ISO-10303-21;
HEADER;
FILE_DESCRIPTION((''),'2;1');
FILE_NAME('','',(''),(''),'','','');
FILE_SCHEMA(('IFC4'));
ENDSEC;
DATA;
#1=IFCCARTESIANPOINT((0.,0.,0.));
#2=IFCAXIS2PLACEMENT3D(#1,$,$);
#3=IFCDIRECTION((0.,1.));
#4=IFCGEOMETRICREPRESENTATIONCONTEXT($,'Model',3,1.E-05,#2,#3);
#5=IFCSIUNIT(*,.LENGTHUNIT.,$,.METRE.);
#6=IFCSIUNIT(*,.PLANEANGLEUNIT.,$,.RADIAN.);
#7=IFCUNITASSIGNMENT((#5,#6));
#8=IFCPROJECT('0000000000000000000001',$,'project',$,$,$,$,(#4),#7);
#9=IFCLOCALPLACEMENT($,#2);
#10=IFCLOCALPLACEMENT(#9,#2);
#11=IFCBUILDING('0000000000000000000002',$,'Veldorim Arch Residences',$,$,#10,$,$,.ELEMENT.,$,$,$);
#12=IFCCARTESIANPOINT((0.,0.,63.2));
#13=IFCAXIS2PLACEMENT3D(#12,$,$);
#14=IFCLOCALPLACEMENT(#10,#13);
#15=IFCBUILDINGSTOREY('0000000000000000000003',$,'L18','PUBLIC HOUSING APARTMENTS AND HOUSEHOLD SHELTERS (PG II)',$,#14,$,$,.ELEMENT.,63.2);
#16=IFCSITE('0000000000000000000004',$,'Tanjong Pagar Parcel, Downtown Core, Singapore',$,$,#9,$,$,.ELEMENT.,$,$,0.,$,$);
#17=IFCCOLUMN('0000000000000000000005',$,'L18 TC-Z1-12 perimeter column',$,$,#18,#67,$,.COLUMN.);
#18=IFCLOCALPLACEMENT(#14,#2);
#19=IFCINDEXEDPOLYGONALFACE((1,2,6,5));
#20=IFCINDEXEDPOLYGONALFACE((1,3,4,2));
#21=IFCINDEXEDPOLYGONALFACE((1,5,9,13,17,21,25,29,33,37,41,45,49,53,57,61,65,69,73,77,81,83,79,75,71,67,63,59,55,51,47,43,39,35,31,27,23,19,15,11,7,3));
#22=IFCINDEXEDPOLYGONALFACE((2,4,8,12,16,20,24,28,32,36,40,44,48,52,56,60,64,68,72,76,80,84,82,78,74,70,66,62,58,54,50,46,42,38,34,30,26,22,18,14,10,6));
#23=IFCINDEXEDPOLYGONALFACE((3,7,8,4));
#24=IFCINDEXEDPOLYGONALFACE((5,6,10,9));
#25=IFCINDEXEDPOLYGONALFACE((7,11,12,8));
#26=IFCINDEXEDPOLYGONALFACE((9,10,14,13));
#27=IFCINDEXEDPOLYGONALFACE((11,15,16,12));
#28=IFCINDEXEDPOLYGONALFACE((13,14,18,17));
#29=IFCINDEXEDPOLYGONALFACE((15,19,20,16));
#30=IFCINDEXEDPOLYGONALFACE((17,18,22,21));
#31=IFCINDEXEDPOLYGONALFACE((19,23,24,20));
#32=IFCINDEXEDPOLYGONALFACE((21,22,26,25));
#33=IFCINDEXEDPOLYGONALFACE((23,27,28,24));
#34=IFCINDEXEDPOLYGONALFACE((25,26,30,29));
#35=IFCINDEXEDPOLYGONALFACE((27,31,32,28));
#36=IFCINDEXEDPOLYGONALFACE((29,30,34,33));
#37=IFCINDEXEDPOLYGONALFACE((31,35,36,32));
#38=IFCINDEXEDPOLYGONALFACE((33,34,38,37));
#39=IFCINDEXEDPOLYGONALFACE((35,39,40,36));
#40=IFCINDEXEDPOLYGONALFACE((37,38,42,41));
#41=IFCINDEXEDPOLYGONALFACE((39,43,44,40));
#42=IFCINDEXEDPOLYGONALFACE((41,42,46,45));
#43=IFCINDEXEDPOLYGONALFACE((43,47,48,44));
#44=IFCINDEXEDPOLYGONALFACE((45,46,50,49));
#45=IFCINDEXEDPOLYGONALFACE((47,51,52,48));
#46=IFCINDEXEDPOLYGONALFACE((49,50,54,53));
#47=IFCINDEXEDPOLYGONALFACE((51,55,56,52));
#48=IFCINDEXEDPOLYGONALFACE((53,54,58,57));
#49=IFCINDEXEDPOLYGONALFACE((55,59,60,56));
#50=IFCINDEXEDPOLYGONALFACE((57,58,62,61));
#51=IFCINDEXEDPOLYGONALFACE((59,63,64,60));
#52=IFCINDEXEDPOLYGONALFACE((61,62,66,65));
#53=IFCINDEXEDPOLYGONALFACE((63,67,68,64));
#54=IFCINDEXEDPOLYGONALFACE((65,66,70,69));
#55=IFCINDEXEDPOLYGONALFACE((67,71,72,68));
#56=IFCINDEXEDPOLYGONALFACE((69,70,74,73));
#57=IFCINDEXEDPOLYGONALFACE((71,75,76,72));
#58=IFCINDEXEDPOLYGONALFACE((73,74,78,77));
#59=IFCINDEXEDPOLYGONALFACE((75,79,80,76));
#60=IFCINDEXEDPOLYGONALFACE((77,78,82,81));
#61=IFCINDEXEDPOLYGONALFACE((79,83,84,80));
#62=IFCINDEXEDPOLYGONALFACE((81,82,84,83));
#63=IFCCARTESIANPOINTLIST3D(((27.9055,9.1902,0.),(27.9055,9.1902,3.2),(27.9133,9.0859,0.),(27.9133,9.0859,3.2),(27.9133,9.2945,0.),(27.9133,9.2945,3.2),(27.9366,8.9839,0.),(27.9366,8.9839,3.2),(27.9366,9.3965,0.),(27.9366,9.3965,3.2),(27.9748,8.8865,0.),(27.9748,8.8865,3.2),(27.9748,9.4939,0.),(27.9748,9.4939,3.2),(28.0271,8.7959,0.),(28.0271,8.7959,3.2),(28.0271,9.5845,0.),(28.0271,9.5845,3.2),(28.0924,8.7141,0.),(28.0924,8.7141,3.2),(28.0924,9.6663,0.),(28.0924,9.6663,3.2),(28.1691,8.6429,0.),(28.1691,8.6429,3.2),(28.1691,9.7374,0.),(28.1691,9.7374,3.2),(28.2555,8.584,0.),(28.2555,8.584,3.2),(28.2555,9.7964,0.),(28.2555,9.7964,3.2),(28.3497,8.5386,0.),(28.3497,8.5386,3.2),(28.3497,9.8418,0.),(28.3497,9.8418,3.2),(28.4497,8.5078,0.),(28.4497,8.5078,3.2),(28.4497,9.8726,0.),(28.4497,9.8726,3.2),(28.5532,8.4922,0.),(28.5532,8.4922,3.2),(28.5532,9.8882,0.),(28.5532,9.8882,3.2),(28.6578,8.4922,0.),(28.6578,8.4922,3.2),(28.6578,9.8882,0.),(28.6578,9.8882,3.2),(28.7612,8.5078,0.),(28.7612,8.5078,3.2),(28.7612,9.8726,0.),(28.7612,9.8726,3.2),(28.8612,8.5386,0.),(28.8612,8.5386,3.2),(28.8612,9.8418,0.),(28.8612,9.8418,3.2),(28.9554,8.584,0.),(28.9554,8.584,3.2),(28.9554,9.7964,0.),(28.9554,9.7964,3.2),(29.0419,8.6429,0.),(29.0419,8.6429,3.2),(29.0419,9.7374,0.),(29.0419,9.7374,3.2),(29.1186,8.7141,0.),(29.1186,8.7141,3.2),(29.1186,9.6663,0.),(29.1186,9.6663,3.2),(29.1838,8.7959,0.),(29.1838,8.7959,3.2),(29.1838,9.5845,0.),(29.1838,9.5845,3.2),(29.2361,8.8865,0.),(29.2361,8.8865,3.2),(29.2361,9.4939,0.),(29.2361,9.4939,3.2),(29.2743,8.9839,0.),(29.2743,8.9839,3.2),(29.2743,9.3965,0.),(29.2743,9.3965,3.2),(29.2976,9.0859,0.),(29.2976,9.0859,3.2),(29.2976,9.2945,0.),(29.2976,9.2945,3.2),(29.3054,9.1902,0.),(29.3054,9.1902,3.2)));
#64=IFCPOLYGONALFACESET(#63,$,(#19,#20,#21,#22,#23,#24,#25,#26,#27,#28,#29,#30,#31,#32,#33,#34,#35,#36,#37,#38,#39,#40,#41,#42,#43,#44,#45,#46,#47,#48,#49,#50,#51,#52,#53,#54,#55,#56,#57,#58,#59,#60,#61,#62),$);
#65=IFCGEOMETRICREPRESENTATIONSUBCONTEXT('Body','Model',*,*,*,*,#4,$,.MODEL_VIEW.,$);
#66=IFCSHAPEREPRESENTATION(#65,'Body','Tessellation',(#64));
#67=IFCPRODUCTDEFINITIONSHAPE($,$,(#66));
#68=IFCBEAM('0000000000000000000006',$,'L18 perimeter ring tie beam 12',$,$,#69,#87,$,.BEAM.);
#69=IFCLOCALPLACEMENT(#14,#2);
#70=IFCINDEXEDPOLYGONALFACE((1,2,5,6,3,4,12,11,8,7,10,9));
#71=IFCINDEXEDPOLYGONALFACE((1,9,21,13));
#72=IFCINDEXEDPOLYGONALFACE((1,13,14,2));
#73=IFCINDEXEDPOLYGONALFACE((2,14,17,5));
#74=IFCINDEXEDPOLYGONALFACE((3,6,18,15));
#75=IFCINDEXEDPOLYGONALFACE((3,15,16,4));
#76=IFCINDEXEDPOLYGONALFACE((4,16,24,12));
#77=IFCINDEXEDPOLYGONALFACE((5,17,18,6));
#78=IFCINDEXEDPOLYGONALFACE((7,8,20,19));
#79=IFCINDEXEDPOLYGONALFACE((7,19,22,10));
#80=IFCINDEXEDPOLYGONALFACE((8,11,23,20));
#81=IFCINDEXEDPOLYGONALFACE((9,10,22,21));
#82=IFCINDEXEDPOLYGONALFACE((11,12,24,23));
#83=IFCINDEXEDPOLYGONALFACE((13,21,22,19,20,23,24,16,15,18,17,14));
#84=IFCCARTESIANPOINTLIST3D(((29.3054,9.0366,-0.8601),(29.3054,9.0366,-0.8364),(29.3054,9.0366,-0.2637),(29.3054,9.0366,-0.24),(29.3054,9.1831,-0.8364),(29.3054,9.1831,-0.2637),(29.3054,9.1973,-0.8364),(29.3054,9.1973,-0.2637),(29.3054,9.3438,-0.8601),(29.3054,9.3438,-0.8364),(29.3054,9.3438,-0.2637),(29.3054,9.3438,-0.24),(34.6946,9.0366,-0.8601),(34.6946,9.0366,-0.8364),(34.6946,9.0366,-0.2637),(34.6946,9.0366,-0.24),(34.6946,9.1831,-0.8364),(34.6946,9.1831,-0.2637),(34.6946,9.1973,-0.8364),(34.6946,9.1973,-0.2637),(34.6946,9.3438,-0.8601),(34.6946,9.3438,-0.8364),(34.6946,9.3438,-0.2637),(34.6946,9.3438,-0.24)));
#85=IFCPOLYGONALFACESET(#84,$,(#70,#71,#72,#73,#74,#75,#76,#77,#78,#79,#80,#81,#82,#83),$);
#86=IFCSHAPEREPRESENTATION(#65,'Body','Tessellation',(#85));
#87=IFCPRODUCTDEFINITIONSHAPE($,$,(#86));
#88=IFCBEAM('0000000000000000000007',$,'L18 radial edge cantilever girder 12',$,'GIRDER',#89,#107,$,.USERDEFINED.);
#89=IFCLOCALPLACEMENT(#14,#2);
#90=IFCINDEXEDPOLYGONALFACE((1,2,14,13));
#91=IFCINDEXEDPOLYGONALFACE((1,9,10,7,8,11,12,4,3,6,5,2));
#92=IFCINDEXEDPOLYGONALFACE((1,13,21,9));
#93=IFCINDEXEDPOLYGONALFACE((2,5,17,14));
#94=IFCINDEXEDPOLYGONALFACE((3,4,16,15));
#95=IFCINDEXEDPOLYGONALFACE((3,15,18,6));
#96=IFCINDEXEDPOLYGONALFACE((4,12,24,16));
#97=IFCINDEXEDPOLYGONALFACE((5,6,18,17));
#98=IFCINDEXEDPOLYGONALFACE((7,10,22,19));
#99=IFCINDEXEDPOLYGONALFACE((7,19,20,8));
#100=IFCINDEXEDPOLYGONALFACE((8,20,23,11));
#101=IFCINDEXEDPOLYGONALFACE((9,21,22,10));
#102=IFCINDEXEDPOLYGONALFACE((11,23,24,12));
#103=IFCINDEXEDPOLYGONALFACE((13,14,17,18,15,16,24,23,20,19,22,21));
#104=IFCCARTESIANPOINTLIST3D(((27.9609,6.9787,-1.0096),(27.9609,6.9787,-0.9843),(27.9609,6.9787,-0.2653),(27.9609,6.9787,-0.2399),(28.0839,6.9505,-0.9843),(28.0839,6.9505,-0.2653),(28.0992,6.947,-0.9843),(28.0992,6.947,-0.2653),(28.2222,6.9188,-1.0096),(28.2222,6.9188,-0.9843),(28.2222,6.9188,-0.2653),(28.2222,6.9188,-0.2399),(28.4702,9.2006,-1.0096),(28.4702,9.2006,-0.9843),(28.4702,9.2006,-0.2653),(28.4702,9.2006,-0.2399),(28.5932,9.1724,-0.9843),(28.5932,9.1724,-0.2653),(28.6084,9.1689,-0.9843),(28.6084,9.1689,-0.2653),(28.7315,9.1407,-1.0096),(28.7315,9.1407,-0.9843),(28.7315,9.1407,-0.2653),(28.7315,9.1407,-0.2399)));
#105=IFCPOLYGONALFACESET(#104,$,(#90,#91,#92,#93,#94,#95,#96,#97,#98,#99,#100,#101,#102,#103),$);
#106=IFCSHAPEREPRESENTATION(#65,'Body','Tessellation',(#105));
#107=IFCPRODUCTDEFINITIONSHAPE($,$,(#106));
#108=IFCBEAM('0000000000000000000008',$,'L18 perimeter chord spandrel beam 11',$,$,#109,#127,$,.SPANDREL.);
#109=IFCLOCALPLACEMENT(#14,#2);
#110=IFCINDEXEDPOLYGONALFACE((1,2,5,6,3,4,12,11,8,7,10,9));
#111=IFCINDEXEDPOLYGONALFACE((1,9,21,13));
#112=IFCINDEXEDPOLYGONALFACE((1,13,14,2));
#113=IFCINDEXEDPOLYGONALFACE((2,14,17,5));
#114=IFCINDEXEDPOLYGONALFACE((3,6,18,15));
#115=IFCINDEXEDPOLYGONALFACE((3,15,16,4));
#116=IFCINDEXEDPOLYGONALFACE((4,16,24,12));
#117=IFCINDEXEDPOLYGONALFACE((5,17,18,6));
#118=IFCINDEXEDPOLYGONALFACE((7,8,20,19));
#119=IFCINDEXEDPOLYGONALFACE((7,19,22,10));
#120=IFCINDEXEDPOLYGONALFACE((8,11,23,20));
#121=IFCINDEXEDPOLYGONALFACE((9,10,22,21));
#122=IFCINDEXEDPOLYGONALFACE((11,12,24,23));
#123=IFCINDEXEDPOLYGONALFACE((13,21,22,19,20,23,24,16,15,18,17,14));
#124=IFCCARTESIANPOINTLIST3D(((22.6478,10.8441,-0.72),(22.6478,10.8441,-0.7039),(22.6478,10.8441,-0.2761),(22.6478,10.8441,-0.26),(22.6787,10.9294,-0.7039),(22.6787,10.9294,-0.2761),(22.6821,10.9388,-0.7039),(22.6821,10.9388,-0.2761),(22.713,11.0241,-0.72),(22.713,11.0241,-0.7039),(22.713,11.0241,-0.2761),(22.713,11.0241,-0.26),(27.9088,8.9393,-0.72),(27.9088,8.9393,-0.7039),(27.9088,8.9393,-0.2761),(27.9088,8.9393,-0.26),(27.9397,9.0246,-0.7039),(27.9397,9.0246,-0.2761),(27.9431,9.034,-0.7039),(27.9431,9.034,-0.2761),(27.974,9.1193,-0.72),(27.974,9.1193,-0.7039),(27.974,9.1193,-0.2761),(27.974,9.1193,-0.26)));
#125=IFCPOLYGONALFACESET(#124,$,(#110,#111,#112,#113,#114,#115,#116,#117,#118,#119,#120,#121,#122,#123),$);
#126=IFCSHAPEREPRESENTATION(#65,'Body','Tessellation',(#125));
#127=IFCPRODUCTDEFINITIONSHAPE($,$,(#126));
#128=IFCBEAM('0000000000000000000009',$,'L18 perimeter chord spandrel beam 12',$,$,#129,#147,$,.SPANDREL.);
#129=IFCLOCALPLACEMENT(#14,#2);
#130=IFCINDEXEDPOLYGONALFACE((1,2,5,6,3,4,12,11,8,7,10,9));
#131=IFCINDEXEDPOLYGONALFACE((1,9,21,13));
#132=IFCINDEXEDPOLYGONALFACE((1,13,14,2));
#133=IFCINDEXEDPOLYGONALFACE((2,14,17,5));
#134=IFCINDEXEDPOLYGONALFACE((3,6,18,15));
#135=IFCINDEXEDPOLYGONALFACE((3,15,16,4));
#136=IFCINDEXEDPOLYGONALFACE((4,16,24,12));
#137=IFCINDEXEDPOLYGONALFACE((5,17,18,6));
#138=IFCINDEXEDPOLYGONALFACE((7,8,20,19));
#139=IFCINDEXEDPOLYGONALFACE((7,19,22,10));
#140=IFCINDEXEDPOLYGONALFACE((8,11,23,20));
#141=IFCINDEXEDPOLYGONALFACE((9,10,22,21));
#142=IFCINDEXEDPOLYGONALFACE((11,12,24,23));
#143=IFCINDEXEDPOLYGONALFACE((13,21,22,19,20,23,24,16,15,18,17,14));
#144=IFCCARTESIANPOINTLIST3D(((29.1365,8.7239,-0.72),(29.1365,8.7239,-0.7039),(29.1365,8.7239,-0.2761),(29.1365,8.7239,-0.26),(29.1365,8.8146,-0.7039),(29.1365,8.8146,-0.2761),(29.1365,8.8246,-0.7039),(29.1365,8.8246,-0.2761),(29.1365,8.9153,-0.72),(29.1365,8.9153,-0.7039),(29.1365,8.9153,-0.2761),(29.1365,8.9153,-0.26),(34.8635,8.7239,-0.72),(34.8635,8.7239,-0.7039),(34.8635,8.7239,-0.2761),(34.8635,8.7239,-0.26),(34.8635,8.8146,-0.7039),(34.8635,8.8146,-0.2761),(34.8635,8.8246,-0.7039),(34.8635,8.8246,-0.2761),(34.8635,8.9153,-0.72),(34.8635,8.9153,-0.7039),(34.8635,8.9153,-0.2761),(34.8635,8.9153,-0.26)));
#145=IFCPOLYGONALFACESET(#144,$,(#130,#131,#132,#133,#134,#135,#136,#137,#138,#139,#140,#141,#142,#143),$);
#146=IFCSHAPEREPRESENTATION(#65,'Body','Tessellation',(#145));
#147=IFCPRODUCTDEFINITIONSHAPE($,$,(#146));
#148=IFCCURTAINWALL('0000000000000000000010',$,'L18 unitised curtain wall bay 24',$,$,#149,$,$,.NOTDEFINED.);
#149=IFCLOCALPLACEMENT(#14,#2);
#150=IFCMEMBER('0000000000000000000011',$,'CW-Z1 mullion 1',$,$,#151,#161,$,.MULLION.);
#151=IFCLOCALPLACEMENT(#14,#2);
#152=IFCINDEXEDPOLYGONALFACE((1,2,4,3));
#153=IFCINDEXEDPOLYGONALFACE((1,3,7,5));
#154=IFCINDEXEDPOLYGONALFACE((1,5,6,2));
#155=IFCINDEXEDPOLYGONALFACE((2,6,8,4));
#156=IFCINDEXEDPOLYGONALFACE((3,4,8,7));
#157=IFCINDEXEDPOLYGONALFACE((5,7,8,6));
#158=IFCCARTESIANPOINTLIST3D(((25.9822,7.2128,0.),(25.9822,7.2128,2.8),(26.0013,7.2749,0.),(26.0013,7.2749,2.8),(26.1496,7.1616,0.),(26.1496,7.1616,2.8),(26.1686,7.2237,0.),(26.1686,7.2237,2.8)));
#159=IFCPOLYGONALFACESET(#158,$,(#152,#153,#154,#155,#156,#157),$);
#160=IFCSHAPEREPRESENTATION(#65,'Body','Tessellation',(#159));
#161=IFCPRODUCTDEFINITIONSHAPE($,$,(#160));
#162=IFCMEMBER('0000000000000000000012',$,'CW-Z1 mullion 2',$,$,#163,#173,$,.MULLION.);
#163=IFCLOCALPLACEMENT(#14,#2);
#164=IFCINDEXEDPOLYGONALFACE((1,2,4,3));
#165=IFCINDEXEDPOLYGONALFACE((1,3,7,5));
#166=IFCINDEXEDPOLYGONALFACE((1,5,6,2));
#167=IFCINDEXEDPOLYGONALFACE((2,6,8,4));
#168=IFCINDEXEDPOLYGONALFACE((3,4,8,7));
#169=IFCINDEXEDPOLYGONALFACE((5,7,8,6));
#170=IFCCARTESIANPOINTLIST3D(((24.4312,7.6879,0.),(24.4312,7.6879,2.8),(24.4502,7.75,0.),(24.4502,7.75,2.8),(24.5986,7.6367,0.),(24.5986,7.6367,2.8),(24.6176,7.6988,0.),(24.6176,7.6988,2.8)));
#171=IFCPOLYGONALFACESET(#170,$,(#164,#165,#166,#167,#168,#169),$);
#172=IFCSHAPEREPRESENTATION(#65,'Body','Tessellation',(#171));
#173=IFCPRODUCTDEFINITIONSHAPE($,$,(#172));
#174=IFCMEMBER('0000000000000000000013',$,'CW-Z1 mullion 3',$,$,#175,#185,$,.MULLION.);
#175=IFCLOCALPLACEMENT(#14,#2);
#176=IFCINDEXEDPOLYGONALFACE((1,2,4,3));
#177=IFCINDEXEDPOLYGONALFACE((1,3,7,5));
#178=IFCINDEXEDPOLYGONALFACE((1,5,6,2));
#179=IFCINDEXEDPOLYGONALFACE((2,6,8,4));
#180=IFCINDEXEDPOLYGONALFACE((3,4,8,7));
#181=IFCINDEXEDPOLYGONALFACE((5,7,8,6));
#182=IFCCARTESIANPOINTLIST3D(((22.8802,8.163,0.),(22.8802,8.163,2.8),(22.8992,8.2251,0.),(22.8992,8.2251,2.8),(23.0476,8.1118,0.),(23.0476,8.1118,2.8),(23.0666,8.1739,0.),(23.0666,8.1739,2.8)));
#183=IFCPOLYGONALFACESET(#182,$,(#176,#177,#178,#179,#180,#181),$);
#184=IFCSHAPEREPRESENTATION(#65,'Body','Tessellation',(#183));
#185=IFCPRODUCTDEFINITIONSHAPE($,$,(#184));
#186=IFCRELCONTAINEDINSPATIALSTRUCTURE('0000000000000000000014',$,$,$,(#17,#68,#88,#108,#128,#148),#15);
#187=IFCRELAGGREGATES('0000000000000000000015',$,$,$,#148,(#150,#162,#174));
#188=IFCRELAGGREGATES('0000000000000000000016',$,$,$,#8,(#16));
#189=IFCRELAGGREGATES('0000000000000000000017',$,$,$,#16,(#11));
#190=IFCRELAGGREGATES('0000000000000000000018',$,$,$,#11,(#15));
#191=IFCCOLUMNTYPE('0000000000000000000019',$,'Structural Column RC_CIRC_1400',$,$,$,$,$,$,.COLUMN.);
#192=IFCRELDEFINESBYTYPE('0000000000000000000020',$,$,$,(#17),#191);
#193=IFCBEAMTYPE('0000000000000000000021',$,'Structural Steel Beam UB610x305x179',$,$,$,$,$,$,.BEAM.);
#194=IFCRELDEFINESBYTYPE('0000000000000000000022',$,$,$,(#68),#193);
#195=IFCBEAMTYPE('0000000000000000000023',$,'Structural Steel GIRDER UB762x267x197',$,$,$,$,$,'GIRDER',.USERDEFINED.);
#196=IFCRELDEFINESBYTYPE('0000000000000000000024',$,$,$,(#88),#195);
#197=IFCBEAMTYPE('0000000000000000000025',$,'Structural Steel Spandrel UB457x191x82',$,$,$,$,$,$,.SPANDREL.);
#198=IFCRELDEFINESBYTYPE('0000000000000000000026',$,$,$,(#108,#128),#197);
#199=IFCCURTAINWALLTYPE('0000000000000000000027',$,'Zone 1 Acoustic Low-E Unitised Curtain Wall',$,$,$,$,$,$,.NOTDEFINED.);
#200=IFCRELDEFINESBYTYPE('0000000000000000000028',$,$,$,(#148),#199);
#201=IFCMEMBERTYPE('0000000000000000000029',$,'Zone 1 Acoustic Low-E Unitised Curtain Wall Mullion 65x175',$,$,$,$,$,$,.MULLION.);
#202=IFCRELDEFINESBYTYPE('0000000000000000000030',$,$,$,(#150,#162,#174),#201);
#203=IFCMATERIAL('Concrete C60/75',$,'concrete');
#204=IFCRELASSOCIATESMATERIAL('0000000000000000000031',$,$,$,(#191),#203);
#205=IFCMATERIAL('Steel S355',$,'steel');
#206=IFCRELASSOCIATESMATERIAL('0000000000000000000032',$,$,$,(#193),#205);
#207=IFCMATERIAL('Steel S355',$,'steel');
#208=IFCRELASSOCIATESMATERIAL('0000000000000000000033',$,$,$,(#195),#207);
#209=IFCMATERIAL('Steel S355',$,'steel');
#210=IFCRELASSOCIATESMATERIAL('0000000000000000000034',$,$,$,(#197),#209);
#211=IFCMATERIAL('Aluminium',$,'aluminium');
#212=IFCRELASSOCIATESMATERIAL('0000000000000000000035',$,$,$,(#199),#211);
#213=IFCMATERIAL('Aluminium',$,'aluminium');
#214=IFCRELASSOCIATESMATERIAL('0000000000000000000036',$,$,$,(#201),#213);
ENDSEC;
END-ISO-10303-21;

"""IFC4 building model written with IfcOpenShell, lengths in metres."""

from ifc_helpers import new_model, si_unit, direction, frame, origin, origin_2d, place, context, subcontext, project, spatial, rectangle, circle, i_section, extrude, material, material_profile, profile_set, type_object, element, aggregate, save


model = new_model("IFC4")

# Units and contexts
model_context = context("Model", 3, precision=1e-05, world=origin(), true_north=direction((0.0, 1.0)))
body_context = subcontext(model_context, "Body", "Model", "MODEL_VIEW")
ifc_project = project(units=[si_unit("LENGTHUNIT", "METRE"), si_unit("PLANEANGLEUNIT", "RADIAN")], contexts=[model_context])

# Site, building, storey
site_placement = place(None, origin())
site = spatial("IfcSite", under=ifc_project, at=site_placement, Name="Tanjong Pagar Parcel, Downtown Core, Singapore", CompositionType="ELEMENT", RefElevation=0.0)
building_placement = place(site_placement, origin())
building = spatial("IfcBuilding", under=site, at=building_placement, Name="Veldorim Arch Residences", CompositionType="ELEMENT")
storey_placement = place(building_placement, frame((0.0, 0.0, 63.2)))
storey = spatial("IfcBuildingStorey", under=building, at=storey_placement, Name="L18", Description="PUBLIC HOUSING APARTMENTS AND HOUSEHOLD SHELTERS (PG II)", CompositionType="ELEMENT", Elevation=63.2)

# Column
ifc_material_1 = material(Name="Concrete C60/75", Category="concrete")
ifc_material_profile_1 = material_profile(ifc_material_1, circle(Radius=0.7, at=origin_2d()), Name="RC_CIRC_1400")
ifc_profile_set_1 = profile_set([ifc_material_profile_1], Name="Concrete C60/75")
column_type = type_object("IfcColumnType", Name="Structural Column RC_CIRC_1400", PredefinedType="COLUMN", material=ifc_profile_set_1)
column_placement = place(storey_placement, frame((28.6055, 9.1902, 0.0), z_axis=(0.0, 0.0, 1.0), x_axis=(1.0, 0.0, 0.0)))
element("IfcColumn", 1, at=column_placement, inside=storey, type_object=column_type, Name="L18 TC-Z1-12 perimeter column", PredefinedType="COLUMN", context=body_context, shape_type="SweptSolid", body=[
    extrude(circle(Radius=0.7, at=origin_2d()), origin(), (0.0, 0.0, 1.0), 3.2),
])

# Beams
ifc_material_2 = material(Name="Steel S355", Category="steel")
ifc_material_profile_2 = material_profile(ifc_material_2, i_section(OverallWidth=0.3071, OverallDepth=0.6201, WebThickness=0.0142, FlangeThickness=0.0237, at=origin_2d()), Name="UB610x305x179")
ifc_profile_set_2 = profile_set([ifc_material_profile_2], Name="Steel S355")
beam_type_1 = type_object("IfcBeamType", Name="Structural Steel Beam UB610x305x179", PredefinedType="BEAM", material=ifc_profile_set_2)
beam_1_placement = place(storey_placement, frame((29.3054, 9.1902, -0.55), z_axis=(1.0, 0.0, 0.0), x_axis=(0.0, 1.0, 0.0)))
element("IfcBeam", 2, at=beam_1_placement, inside=storey, type_object=beam_type_1, Name="L18 perimeter ring tie beam 12", PredefinedType="BEAM", context=body_context, shape_type="SweptSolid", body=[
    extrude(i_section(OverallWidth=0.3071, OverallDepth=0.6201, WebThickness=0.0142, FlangeThickness=0.0237, at=origin_2d()), origin(), (0.0, 0.0, 1.0), 5.3892),
])
ifc_material_3 = material(Name="Steel S355", Category="steel")
ifc_material_profile_3 = material_profile(ifc_material_3, i_section(OverallWidth=0.2681, OverallDepth=0.7698, WebThickness=0.0156, FlangeThickness=0.0254, at=origin_2d()), Name="UB762x267x197")
ifc_profile_set_3 = profile_set([ifc_material_profile_3], Name="Steel S355")
beam_type_2 = type_object("IfcBeamType", Name="Structural Steel GIRDER UB762x267x197", ElementType="GIRDER", PredefinedType="USERDEFINED", material=ifc_profile_set_3)
beam_2_placement = place(storey_placement, frame((28.6008, 9.1707, -0.6248), z_axis=(-0.223412, -0.974724, 0.0), x_axis=(0.974724, -0.223412, 0.0)))
element("IfcBeam", 3, at=beam_2_placement, inside=storey, type_object=beam_type_2, Name="L18 radial edge cantilever girder 12", ObjectType="GIRDER", PredefinedType="USERDEFINED", context=body_context, shape_type="SweptSolid", body=[
    extrude(i_section(OverallWidth=0.2681, OverallDepth=0.7698, WebThickness=0.0156, FlangeThickness=0.0254, at=origin_2d()), origin(), (0.0, 0.0, 1.0), 2.2795),
])
ifc_material_4 = material(Name="Steel S355", Category="steel")
ifc_material_profile_4 = material_profile(ifc_material_4, i_section(OverallWidth=0.1914, OverallDepth=0.46, WebThickness=0.01, FlangeThickness=0.0161, at=origin_2d()), Name="UB457x191x82")
ifc_profile_set_4 = profile_set([ifc_material_profile_4], Name="Steel S355")
beam_type_3 = type_object("IfcBeamType", Name="Structural Steel Spandrel UB457x191x82", PredefinedType="SPANDREL", material=ifc_profile_set_4)
beam_3_placement = place(storey_placement, frame((22.6804, 10.9341, -0.49), z_axis=(0.940269, -0.340432, 0.0), x_axis=(0.340432, 0.940269, 0.0)))
element("IfcBeam", 4, at=beam_3_placement, inside=storey, type_object=beam_type_3, Name="L18 perimeter chord spandrel beam 11", PredefinedType="SPANDREL", context=body_context, shape_type="SweptSolid", body=[
    extrude(i_section(OverallWidth=0.1914, OverallDepth=0.46, WebThickness=0.01, FlangeThickness=0.0161, at=origin_2d()), origin(), (0.0, 0.0, 1.0), 5.5952),
])
beam_4_placement = place(storey_placement, frame((29.1365, 8.8196, -0.49), z_axis=(1.0, 0.0, 0.0), x_axis=(0.0, 1.0, 0.0)))
element("IfcBeam", 5, at=beam_4_placement, inside=storey, type_object=beam_type_3, Name="L18 perimeter chord spandrel beam 12", PredefinedType="SPANDREL", context=body_context, shape_type="SweptSolid", body=[
    extrude(i_section(OverallWidth=0.1914, OverallDepth=0.46, WebThickness=0.01, FlangeThickness=0.0161, at=origin_2d()), origin(), (0.0, 0.0, 1.0), 5.7271),
])

# Curtain wall, members
ifc_material_5 = material(Name="Aluminium", Category="aluminium")
curtain_wall_type = type_object("IfcCurtainWallType", Name="Zone 1 Acoustic Low-E Unitised Curtain Wall", PredefinedType="NOTDEFINED", material=ifc_material_5)
curtain_wall_placement = place(storey_placement, origin())
curtain_wall = element("IfcCurtainWall", 6, at=curtain_wall_placement, inside=storey, type_object=curtain_wall_type, Name="L18 unitised curtain wall bay 24", PredefinedType="NOTDEFINED")
ifc_material_6 = material(Name="Aluminium", Category="aluminium")
ifc_material_profile_5 = material_profile(ifc_material_6, rectangle(XDim=0.0649, YDim=0.175, at=origin_2d()), Name="ALU_MUL_65x175")
ifc_profile_set_5 = profile_set([ifc_material_profile_5], Name="Aluminium")
member_type_1 = type_object("IfcMemberType", Name="Zone 1 Acoustic Low-E Unitised Curtain Wall Mullion 65x175", PredefinedType="MULLION", material=ifc_profile_set_5)
member_1_placement = place(storey_placement, frame((26.0754, 7.2183, 0.0), z_axis=(0.0, 0.0, 1.0), x_axis=(-0.292852, -0.956158, 0.0)))
member_1 = element("IfcMember", 7, at=member_1_placement, type_object=member_type_1, Name="CW-Z1 mullion 1", PredefinedType="MULLION", context=body_context, shape_type="SweptSolid", body=[
    extrude(rectangle(XDim=0.0649, YDim=0.175, at=origin_2d()), origin(), (0.0, 0.0, 1.0), 2.8),
])
member_2_placement = place(storey_placement, frame((24.5244, 7.6934, 0.0), z_axis=(0.0, 0.0, 1.0), x_axis=(-0.292852, -0.956158, 0.0)))
member_2 = element("IfcMember", 8, at=member_2_placement, type_object=member_type_1, Name="CW-Z1 mullion 2", PredefinedType="MULLION", context=body_context, shape_type="SweptSolid", body=[
    extrude(rectangle(XDim=0.0649, YDim=0.175, at=origin_2d()), origin(), (0.0, 0.0, 1.0), 2.8),
])
member_3_placement = place(storey_placement, frame((22.9734, 8.1685, 0.0), z_axis=(0.0, 0.0, 1.0), x_axis=(-0.292852, -0.956158, 0.0)))
member_3 = element("IfcMember", 9, at=member_3_placement, type_object=member_type_1, Name="CW-Z1 mullion 3", PredefinedType="MULLION", context=body_context, shape_type="SweptSolid", body=[
    extrude(rectangle(XDim=0.0649, YDim=0.175, at=origin_2d()), origin(), (0.0, 0.0, 1.0), 2.8),
])
aggregate(curtain_wall, [member_1, member_2, member_3])

save(model, "model.ifc")
